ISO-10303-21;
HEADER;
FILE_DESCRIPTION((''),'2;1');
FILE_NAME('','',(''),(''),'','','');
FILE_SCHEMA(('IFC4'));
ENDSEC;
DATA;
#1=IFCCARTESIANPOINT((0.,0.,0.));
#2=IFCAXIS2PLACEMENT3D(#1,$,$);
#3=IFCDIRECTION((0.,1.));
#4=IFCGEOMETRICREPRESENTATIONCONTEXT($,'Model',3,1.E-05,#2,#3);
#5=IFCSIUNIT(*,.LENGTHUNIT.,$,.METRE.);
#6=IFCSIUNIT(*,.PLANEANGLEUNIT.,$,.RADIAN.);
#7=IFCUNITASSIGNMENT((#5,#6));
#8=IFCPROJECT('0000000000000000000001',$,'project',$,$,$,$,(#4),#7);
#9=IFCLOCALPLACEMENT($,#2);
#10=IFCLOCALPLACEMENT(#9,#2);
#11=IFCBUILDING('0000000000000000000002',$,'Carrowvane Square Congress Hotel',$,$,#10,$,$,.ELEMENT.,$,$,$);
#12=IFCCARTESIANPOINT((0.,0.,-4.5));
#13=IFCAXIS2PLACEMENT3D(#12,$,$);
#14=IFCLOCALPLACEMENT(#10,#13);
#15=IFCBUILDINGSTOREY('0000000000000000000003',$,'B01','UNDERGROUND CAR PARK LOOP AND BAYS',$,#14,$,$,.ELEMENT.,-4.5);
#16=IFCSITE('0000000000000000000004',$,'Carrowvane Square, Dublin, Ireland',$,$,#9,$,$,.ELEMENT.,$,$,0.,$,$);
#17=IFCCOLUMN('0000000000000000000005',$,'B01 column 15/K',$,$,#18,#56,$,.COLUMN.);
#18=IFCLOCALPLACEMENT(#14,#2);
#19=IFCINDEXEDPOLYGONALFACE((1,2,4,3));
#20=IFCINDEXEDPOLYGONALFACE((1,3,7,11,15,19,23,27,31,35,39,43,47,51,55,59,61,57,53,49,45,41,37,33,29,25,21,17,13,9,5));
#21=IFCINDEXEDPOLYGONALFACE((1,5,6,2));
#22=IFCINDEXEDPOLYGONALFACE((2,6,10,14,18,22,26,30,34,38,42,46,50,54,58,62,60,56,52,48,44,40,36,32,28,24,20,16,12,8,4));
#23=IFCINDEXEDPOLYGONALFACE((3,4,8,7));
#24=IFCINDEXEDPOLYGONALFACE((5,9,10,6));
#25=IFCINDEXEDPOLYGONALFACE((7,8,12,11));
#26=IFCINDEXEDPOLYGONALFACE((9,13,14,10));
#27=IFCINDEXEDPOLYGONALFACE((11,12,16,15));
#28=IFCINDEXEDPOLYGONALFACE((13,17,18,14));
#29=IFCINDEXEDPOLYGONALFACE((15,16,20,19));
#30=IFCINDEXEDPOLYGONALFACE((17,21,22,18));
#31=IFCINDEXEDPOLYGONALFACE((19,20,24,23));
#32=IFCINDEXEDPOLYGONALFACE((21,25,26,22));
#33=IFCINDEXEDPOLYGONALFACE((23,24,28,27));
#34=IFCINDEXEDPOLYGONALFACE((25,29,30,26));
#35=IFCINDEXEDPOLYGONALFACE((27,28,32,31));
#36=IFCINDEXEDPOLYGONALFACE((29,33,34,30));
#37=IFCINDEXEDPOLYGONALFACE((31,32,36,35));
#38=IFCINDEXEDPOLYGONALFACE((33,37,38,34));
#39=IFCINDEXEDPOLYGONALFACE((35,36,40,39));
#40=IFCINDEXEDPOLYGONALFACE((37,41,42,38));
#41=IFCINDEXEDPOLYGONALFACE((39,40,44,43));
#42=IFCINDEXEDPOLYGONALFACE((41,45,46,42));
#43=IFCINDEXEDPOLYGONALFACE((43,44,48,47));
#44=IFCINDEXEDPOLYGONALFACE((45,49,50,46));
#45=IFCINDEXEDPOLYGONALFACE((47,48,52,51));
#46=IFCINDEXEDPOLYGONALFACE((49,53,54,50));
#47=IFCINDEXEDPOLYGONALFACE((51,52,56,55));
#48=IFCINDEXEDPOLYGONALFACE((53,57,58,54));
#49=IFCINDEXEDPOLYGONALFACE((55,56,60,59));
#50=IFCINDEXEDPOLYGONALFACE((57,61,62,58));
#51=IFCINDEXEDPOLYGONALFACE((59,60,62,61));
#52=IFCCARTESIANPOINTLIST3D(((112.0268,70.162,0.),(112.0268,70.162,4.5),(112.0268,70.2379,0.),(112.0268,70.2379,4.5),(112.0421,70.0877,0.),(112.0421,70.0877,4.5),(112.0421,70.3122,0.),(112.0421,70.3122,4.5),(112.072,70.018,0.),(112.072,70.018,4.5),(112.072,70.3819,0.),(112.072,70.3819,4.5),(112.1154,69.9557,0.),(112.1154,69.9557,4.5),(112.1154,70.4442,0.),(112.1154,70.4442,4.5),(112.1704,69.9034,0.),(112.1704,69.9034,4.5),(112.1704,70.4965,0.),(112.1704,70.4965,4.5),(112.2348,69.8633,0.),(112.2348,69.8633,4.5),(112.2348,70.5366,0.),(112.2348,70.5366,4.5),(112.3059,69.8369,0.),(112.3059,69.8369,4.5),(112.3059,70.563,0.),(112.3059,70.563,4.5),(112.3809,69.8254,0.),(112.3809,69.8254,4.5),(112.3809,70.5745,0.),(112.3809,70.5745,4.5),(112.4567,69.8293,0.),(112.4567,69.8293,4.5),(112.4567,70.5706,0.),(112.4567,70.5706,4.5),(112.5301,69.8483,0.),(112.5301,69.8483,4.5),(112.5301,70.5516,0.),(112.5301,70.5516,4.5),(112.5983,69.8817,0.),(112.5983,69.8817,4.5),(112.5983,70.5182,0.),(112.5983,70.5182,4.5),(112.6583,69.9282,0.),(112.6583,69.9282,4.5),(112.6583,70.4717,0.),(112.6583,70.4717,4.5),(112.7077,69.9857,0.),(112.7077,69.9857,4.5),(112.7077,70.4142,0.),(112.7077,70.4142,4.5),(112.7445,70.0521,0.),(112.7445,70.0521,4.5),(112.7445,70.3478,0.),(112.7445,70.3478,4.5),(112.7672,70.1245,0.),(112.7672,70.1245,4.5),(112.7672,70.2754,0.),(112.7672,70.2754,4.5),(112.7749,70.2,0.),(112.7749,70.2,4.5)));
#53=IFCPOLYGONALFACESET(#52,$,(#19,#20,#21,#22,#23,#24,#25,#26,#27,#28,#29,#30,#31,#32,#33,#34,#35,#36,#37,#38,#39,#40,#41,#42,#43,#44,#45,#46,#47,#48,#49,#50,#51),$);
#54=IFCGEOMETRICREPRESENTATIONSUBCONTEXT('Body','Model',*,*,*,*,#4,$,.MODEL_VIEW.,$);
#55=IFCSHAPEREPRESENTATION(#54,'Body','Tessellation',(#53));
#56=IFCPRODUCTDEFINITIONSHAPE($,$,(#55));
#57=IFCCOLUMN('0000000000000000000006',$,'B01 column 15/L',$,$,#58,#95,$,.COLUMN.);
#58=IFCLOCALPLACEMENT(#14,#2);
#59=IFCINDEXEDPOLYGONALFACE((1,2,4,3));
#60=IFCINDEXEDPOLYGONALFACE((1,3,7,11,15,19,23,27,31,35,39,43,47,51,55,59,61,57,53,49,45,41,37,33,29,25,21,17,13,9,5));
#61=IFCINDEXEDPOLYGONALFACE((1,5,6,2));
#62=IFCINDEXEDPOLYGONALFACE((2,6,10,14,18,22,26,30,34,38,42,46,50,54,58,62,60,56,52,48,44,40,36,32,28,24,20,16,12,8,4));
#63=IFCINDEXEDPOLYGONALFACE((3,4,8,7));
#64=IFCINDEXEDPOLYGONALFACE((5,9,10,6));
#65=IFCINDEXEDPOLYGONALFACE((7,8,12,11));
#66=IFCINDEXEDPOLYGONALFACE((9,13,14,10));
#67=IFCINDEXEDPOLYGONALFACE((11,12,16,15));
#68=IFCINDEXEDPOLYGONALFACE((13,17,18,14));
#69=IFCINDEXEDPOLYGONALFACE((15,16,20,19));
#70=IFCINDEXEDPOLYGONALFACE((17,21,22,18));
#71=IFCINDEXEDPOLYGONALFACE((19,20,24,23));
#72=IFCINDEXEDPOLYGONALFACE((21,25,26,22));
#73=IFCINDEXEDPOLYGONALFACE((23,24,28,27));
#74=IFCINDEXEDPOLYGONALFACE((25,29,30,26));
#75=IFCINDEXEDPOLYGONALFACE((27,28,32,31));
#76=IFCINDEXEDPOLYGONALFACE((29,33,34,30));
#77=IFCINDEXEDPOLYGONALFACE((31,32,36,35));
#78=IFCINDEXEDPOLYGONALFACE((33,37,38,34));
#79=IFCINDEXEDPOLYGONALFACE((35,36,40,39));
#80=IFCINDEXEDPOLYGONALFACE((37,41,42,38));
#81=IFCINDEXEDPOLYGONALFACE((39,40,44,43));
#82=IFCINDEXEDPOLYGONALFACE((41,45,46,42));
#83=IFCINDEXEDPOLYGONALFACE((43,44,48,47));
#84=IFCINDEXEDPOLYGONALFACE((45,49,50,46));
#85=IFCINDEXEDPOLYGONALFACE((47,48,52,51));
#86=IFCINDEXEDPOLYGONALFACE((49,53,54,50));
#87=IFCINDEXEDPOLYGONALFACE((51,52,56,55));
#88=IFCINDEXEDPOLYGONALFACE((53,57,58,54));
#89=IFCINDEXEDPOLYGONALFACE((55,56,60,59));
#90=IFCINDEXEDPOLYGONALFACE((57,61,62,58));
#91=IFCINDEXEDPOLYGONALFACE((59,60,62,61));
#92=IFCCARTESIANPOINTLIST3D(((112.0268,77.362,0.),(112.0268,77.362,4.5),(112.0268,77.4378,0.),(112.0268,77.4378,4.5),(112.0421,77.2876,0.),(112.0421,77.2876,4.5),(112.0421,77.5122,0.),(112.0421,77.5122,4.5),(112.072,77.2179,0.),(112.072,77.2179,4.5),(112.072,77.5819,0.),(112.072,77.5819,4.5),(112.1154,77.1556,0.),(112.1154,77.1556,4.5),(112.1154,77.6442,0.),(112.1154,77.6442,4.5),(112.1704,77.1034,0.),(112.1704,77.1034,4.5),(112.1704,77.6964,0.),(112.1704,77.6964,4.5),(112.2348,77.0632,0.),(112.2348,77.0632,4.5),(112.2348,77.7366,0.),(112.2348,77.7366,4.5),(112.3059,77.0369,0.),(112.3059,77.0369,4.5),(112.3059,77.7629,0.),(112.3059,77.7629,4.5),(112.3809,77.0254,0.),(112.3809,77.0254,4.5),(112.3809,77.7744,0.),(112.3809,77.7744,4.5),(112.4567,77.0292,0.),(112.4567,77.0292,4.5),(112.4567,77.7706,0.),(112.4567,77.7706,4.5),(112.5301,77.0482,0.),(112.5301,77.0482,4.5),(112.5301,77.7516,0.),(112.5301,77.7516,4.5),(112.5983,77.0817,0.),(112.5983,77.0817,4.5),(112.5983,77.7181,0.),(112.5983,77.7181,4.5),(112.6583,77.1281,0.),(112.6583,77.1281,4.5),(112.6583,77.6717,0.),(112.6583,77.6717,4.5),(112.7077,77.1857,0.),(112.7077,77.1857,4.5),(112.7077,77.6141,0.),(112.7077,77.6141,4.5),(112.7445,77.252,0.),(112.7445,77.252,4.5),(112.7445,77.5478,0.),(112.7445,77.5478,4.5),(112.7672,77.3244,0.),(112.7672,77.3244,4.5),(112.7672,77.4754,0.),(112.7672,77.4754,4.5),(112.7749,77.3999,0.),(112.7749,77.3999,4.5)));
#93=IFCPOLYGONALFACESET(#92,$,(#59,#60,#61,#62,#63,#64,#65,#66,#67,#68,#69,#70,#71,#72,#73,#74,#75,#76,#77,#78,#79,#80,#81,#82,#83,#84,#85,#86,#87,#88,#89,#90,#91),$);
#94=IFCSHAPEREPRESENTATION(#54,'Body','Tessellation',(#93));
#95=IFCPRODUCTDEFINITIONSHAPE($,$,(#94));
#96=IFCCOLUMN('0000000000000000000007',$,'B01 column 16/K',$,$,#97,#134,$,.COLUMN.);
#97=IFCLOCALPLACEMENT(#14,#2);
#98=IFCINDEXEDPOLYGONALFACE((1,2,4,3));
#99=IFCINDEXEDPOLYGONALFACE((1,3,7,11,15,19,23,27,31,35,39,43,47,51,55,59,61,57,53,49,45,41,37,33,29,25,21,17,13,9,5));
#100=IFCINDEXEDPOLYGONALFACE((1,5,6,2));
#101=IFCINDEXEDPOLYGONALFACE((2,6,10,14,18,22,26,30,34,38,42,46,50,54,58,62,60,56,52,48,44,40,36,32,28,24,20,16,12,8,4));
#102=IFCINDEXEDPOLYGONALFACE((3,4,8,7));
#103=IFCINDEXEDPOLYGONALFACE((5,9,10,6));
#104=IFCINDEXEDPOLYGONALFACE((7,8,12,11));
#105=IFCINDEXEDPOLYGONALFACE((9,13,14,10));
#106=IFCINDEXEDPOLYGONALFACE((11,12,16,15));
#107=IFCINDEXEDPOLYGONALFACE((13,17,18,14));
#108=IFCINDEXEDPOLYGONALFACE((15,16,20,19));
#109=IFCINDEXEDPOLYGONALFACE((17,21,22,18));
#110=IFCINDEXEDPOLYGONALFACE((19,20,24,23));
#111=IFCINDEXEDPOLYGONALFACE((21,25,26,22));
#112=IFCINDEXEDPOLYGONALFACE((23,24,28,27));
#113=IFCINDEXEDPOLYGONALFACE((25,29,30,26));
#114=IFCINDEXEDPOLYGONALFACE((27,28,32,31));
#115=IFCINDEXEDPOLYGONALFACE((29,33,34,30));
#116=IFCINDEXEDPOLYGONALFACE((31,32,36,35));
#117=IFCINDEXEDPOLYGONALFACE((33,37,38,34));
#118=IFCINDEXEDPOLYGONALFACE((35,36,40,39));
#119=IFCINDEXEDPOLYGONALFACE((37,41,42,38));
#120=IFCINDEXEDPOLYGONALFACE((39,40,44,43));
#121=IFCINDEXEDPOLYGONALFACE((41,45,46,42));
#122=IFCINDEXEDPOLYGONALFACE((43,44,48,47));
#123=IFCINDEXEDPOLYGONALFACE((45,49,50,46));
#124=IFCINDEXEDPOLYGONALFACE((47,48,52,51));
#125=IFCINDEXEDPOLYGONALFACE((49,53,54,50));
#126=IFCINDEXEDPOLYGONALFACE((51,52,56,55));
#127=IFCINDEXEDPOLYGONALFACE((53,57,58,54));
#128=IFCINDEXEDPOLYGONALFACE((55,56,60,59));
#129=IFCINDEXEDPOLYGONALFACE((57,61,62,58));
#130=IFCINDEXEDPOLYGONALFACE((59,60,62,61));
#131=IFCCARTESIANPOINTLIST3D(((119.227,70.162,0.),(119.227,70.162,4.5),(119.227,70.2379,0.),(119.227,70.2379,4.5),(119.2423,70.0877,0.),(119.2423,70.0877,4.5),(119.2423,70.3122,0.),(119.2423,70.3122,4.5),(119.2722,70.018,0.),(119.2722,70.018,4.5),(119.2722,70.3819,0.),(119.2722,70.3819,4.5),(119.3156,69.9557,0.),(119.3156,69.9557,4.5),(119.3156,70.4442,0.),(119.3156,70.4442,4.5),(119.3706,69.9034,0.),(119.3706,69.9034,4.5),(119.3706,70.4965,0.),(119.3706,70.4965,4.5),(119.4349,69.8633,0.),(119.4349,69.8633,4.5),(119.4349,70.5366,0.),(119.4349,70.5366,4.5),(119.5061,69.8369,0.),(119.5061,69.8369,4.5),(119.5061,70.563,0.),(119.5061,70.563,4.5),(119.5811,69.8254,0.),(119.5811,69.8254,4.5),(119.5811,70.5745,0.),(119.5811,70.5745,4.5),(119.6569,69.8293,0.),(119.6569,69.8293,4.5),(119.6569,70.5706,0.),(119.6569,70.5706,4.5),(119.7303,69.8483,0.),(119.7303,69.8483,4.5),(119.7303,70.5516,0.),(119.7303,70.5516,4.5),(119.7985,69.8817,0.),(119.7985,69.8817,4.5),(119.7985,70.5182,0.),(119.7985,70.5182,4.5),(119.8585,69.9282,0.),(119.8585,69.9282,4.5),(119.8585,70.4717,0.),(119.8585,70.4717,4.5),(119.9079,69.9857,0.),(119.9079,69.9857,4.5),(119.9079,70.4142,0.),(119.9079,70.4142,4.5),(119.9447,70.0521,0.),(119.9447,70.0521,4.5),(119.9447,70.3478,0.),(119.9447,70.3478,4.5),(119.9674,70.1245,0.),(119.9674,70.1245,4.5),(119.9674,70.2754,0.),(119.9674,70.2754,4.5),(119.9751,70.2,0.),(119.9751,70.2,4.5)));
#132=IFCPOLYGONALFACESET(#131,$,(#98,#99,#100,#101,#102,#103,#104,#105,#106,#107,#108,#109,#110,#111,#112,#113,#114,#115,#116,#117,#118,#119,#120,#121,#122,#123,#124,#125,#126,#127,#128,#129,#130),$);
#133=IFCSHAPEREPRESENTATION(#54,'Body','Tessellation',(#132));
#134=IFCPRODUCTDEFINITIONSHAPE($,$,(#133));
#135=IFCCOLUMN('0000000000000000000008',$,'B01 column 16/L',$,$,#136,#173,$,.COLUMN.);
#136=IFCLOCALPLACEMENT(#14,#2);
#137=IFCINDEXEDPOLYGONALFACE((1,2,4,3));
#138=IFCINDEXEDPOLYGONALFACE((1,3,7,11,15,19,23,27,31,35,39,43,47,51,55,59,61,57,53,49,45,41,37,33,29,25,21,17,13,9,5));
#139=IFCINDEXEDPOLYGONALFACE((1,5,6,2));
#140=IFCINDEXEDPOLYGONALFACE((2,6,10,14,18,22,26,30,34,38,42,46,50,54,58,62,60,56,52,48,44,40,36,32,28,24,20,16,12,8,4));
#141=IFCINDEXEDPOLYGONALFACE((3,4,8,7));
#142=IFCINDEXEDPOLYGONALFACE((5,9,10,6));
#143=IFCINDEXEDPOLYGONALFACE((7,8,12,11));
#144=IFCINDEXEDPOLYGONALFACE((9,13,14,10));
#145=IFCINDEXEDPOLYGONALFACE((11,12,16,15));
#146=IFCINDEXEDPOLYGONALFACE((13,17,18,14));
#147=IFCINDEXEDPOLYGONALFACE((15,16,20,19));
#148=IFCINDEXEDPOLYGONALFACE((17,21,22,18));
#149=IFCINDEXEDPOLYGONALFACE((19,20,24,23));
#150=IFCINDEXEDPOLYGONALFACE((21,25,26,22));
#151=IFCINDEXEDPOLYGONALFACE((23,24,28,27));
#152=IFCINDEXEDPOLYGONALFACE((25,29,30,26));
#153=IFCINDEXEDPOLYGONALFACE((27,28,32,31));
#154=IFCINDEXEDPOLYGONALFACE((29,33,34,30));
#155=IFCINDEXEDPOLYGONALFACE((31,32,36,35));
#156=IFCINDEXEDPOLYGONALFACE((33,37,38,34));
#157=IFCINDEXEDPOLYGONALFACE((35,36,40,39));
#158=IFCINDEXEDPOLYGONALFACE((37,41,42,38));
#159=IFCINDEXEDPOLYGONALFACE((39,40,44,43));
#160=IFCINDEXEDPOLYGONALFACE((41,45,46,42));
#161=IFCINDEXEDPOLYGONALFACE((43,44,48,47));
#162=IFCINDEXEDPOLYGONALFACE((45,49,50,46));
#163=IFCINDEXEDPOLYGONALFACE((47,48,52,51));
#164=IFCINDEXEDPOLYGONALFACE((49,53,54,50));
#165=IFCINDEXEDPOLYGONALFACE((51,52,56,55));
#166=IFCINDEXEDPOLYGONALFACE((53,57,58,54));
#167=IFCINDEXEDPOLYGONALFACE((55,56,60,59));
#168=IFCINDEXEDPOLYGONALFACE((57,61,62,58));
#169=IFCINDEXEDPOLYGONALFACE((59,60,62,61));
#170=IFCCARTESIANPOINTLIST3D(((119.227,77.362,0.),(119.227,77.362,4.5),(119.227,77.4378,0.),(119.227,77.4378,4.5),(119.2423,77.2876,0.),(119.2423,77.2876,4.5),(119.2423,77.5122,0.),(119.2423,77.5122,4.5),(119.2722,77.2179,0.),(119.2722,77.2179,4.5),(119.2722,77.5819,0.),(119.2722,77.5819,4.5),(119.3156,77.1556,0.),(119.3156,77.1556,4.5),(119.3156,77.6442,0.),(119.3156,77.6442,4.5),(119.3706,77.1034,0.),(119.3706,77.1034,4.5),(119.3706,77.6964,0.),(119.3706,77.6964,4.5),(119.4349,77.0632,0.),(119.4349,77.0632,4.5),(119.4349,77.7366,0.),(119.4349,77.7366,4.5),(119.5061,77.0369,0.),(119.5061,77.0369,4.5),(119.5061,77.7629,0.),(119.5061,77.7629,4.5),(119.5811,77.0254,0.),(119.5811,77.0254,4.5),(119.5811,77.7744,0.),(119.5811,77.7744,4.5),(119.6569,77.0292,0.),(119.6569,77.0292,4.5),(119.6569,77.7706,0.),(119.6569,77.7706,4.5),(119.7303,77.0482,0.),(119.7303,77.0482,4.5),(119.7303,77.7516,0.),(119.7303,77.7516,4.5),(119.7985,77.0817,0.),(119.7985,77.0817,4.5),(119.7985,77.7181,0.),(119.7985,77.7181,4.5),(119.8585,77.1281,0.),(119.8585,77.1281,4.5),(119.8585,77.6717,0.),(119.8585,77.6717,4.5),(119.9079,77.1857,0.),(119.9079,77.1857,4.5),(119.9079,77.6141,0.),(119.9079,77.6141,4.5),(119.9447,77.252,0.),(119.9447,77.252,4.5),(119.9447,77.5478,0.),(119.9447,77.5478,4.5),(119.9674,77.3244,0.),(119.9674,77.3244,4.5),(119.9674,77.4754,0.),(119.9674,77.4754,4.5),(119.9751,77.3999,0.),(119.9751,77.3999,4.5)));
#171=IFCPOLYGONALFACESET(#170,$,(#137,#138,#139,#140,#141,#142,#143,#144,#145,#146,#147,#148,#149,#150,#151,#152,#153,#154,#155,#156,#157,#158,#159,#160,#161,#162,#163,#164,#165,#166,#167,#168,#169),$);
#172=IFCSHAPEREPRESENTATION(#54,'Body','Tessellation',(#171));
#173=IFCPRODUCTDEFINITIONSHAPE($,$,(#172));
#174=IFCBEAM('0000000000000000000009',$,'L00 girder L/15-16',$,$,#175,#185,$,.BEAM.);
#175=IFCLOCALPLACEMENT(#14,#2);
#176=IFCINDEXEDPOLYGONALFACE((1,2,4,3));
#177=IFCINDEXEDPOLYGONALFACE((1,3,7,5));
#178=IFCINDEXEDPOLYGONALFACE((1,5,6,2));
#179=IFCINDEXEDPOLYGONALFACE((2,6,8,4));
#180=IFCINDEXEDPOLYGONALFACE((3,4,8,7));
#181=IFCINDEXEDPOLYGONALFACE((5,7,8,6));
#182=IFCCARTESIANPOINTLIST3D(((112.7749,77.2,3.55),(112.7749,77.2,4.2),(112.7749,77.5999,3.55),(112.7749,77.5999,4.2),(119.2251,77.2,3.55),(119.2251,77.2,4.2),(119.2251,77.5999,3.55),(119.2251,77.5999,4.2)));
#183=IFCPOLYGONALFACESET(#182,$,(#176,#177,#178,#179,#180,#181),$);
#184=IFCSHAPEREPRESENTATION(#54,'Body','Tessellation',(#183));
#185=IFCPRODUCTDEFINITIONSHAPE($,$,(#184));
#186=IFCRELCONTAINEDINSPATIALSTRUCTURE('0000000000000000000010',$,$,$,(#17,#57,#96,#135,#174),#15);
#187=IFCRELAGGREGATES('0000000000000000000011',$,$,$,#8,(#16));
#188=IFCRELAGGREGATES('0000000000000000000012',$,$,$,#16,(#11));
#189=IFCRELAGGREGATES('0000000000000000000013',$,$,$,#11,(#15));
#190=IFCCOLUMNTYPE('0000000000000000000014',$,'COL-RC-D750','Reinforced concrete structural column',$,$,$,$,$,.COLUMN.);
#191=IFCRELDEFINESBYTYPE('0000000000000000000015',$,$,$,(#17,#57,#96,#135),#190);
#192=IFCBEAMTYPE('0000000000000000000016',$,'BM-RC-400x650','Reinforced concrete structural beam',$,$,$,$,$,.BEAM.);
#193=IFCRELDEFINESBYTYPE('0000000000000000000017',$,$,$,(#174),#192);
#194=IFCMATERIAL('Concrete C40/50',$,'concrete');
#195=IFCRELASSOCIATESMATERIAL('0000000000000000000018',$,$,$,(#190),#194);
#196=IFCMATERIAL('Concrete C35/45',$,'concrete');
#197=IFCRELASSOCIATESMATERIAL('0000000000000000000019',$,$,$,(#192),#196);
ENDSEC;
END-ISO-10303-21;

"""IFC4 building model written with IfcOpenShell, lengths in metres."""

from ifc_helpers import new_model, si_unit, direction, frame, origin, origin_2d, place, context, subcontext, project, spatial, rectangle, circle, extrude, material, material_profile, profile_set, type_object, element, save


model = new_model("IFC4")

# Units and contexts
model_context = context("Model", 3, precision=1e-05, world=origin(), true_north=direction((0.0, 1.0)))
body_context = subcontext(model_context, "Body", "Model", "MODEL_VIEW")
ifc_project = project(units=[si_unit("LENGTHUNIT", "METRE"), si_unit("PLANEANGLEUNIT", "RADIAN")], contexts=[model_context])

# Site, building, storey
site_placement = place(None, origin())
site = spatial("IfcSite", under=ifc_project, at=site_placement, Name="Carrowvane Square, Dublin, Ireland", CompositionType="ELEMENT", RefElevation=0.0)
building_placement = place(site_placement, origin())
building = spatial("IfcBuilding", under=site, at=building_placement, Name="Carrowvane Square Congress Hotel", CompositionType="ELEMENT")
storey_placement = place(building_placement, frame((0.0, 0.0, -4.5)))
storey = spatial("IfcBuildingStorey", under=building, at=storey_placement, Name="B01", Description="UNDERGROUND CAR PARK LOOP AND BAYS", CompositionType="ELEMENT", Elevation=-4.5)

# Columns
ifc_material_1 = material(Name="Concrete C40/50", Category="concrete")
ifc_material_profile_1 = material_profile(ifc_material_1, circle(Radius=0.375, at=origin_2d()), Name="RC D750")
ifc_profile_set_1 = profile_set([ifc_material_profile_1], Name="Concrete C40/50")
column_type = type_object("IfcColumnType", Name="COL-RC-D750", Description="Reinforced concrete structural column", PredefinedType="COLUMN", material=ifc_profile_set_1)
for number, where, z_axis, x_axis, name in (
    (1, (112.3999, 70.2, 0.0), (0.0, 0.0, 1.0), (1.0, 0.0, 0.0), "B01 column 15/K"),
    (2, (112.3999, 77.3999, 0.0), (0.0, 0.0, 1.0), (1.0, 0.0, 0.0), "B01 column 15/L"),
    (3, (119.6001, 70.2, 0.0), (0.0, 0.0, 1.0), (1.0, 0.0, 0.0), "B01 column 16/K"),
    (4, (119.6001, 77.3999, 0.0), (0.0, 0.0, 1.0), (1.0, 0.0, 0.0), "B01 column 16/L"),
):
    element("IfcColumn", number, at=place(storey_placement, frame(where, z_axis=z_axis, x_axis=x_axis)), inside=storey, type_object=column_type, Name=name, PredefinedType="COLUMN", context=body_context, shape_type="SweptSolid", body=[
        extrude(circle(Radius=0.375, at=origin_2d()), origin(), (0.0, 0.0, 1.0), 4.5),
    ])

# Beam
ifc_material_2 = material(Name="Concrete C35/45", Category="concrete")
ifc_material_profile_2 = material_profile(ifc_material_2, rectangle(XDim=0.3999, YDim=0.6499, at=origin_2d()), Name="RC 400x650")
ifc_profile_set_2 = profile_set([ifc_material_profile_2], Name="Concrete C35/45")
beam_type_1 = type_object("IfcBeamType", Name="BM-RC-400x650", Description="Reinforced concrete structural beam", PredefinedType="BEAM", material=ifc_profile_set_2)
beam_1_placement = place(storey_placement, frame((112.7749, 77.3999, 3.875), z_axis=(1.0, 0.0, 0.0), x_axis=(0.0, 1.0, 0.0)))
element("IfcBeam", 5, at=beam_1_placement, inside=storey, type_object=beam_type_1, Name="L00 girder L/15-16", PredefinedType="BEAM", context=body_context, shape_type="SweptSolid", body=[
    extrude(rectangle(XDim=0.3999, YDim=0.6499, at=origin_2d()), origin(), (0.0, 0.0, 1.0), 6.4502),
])

save(model, "model.ifc")
